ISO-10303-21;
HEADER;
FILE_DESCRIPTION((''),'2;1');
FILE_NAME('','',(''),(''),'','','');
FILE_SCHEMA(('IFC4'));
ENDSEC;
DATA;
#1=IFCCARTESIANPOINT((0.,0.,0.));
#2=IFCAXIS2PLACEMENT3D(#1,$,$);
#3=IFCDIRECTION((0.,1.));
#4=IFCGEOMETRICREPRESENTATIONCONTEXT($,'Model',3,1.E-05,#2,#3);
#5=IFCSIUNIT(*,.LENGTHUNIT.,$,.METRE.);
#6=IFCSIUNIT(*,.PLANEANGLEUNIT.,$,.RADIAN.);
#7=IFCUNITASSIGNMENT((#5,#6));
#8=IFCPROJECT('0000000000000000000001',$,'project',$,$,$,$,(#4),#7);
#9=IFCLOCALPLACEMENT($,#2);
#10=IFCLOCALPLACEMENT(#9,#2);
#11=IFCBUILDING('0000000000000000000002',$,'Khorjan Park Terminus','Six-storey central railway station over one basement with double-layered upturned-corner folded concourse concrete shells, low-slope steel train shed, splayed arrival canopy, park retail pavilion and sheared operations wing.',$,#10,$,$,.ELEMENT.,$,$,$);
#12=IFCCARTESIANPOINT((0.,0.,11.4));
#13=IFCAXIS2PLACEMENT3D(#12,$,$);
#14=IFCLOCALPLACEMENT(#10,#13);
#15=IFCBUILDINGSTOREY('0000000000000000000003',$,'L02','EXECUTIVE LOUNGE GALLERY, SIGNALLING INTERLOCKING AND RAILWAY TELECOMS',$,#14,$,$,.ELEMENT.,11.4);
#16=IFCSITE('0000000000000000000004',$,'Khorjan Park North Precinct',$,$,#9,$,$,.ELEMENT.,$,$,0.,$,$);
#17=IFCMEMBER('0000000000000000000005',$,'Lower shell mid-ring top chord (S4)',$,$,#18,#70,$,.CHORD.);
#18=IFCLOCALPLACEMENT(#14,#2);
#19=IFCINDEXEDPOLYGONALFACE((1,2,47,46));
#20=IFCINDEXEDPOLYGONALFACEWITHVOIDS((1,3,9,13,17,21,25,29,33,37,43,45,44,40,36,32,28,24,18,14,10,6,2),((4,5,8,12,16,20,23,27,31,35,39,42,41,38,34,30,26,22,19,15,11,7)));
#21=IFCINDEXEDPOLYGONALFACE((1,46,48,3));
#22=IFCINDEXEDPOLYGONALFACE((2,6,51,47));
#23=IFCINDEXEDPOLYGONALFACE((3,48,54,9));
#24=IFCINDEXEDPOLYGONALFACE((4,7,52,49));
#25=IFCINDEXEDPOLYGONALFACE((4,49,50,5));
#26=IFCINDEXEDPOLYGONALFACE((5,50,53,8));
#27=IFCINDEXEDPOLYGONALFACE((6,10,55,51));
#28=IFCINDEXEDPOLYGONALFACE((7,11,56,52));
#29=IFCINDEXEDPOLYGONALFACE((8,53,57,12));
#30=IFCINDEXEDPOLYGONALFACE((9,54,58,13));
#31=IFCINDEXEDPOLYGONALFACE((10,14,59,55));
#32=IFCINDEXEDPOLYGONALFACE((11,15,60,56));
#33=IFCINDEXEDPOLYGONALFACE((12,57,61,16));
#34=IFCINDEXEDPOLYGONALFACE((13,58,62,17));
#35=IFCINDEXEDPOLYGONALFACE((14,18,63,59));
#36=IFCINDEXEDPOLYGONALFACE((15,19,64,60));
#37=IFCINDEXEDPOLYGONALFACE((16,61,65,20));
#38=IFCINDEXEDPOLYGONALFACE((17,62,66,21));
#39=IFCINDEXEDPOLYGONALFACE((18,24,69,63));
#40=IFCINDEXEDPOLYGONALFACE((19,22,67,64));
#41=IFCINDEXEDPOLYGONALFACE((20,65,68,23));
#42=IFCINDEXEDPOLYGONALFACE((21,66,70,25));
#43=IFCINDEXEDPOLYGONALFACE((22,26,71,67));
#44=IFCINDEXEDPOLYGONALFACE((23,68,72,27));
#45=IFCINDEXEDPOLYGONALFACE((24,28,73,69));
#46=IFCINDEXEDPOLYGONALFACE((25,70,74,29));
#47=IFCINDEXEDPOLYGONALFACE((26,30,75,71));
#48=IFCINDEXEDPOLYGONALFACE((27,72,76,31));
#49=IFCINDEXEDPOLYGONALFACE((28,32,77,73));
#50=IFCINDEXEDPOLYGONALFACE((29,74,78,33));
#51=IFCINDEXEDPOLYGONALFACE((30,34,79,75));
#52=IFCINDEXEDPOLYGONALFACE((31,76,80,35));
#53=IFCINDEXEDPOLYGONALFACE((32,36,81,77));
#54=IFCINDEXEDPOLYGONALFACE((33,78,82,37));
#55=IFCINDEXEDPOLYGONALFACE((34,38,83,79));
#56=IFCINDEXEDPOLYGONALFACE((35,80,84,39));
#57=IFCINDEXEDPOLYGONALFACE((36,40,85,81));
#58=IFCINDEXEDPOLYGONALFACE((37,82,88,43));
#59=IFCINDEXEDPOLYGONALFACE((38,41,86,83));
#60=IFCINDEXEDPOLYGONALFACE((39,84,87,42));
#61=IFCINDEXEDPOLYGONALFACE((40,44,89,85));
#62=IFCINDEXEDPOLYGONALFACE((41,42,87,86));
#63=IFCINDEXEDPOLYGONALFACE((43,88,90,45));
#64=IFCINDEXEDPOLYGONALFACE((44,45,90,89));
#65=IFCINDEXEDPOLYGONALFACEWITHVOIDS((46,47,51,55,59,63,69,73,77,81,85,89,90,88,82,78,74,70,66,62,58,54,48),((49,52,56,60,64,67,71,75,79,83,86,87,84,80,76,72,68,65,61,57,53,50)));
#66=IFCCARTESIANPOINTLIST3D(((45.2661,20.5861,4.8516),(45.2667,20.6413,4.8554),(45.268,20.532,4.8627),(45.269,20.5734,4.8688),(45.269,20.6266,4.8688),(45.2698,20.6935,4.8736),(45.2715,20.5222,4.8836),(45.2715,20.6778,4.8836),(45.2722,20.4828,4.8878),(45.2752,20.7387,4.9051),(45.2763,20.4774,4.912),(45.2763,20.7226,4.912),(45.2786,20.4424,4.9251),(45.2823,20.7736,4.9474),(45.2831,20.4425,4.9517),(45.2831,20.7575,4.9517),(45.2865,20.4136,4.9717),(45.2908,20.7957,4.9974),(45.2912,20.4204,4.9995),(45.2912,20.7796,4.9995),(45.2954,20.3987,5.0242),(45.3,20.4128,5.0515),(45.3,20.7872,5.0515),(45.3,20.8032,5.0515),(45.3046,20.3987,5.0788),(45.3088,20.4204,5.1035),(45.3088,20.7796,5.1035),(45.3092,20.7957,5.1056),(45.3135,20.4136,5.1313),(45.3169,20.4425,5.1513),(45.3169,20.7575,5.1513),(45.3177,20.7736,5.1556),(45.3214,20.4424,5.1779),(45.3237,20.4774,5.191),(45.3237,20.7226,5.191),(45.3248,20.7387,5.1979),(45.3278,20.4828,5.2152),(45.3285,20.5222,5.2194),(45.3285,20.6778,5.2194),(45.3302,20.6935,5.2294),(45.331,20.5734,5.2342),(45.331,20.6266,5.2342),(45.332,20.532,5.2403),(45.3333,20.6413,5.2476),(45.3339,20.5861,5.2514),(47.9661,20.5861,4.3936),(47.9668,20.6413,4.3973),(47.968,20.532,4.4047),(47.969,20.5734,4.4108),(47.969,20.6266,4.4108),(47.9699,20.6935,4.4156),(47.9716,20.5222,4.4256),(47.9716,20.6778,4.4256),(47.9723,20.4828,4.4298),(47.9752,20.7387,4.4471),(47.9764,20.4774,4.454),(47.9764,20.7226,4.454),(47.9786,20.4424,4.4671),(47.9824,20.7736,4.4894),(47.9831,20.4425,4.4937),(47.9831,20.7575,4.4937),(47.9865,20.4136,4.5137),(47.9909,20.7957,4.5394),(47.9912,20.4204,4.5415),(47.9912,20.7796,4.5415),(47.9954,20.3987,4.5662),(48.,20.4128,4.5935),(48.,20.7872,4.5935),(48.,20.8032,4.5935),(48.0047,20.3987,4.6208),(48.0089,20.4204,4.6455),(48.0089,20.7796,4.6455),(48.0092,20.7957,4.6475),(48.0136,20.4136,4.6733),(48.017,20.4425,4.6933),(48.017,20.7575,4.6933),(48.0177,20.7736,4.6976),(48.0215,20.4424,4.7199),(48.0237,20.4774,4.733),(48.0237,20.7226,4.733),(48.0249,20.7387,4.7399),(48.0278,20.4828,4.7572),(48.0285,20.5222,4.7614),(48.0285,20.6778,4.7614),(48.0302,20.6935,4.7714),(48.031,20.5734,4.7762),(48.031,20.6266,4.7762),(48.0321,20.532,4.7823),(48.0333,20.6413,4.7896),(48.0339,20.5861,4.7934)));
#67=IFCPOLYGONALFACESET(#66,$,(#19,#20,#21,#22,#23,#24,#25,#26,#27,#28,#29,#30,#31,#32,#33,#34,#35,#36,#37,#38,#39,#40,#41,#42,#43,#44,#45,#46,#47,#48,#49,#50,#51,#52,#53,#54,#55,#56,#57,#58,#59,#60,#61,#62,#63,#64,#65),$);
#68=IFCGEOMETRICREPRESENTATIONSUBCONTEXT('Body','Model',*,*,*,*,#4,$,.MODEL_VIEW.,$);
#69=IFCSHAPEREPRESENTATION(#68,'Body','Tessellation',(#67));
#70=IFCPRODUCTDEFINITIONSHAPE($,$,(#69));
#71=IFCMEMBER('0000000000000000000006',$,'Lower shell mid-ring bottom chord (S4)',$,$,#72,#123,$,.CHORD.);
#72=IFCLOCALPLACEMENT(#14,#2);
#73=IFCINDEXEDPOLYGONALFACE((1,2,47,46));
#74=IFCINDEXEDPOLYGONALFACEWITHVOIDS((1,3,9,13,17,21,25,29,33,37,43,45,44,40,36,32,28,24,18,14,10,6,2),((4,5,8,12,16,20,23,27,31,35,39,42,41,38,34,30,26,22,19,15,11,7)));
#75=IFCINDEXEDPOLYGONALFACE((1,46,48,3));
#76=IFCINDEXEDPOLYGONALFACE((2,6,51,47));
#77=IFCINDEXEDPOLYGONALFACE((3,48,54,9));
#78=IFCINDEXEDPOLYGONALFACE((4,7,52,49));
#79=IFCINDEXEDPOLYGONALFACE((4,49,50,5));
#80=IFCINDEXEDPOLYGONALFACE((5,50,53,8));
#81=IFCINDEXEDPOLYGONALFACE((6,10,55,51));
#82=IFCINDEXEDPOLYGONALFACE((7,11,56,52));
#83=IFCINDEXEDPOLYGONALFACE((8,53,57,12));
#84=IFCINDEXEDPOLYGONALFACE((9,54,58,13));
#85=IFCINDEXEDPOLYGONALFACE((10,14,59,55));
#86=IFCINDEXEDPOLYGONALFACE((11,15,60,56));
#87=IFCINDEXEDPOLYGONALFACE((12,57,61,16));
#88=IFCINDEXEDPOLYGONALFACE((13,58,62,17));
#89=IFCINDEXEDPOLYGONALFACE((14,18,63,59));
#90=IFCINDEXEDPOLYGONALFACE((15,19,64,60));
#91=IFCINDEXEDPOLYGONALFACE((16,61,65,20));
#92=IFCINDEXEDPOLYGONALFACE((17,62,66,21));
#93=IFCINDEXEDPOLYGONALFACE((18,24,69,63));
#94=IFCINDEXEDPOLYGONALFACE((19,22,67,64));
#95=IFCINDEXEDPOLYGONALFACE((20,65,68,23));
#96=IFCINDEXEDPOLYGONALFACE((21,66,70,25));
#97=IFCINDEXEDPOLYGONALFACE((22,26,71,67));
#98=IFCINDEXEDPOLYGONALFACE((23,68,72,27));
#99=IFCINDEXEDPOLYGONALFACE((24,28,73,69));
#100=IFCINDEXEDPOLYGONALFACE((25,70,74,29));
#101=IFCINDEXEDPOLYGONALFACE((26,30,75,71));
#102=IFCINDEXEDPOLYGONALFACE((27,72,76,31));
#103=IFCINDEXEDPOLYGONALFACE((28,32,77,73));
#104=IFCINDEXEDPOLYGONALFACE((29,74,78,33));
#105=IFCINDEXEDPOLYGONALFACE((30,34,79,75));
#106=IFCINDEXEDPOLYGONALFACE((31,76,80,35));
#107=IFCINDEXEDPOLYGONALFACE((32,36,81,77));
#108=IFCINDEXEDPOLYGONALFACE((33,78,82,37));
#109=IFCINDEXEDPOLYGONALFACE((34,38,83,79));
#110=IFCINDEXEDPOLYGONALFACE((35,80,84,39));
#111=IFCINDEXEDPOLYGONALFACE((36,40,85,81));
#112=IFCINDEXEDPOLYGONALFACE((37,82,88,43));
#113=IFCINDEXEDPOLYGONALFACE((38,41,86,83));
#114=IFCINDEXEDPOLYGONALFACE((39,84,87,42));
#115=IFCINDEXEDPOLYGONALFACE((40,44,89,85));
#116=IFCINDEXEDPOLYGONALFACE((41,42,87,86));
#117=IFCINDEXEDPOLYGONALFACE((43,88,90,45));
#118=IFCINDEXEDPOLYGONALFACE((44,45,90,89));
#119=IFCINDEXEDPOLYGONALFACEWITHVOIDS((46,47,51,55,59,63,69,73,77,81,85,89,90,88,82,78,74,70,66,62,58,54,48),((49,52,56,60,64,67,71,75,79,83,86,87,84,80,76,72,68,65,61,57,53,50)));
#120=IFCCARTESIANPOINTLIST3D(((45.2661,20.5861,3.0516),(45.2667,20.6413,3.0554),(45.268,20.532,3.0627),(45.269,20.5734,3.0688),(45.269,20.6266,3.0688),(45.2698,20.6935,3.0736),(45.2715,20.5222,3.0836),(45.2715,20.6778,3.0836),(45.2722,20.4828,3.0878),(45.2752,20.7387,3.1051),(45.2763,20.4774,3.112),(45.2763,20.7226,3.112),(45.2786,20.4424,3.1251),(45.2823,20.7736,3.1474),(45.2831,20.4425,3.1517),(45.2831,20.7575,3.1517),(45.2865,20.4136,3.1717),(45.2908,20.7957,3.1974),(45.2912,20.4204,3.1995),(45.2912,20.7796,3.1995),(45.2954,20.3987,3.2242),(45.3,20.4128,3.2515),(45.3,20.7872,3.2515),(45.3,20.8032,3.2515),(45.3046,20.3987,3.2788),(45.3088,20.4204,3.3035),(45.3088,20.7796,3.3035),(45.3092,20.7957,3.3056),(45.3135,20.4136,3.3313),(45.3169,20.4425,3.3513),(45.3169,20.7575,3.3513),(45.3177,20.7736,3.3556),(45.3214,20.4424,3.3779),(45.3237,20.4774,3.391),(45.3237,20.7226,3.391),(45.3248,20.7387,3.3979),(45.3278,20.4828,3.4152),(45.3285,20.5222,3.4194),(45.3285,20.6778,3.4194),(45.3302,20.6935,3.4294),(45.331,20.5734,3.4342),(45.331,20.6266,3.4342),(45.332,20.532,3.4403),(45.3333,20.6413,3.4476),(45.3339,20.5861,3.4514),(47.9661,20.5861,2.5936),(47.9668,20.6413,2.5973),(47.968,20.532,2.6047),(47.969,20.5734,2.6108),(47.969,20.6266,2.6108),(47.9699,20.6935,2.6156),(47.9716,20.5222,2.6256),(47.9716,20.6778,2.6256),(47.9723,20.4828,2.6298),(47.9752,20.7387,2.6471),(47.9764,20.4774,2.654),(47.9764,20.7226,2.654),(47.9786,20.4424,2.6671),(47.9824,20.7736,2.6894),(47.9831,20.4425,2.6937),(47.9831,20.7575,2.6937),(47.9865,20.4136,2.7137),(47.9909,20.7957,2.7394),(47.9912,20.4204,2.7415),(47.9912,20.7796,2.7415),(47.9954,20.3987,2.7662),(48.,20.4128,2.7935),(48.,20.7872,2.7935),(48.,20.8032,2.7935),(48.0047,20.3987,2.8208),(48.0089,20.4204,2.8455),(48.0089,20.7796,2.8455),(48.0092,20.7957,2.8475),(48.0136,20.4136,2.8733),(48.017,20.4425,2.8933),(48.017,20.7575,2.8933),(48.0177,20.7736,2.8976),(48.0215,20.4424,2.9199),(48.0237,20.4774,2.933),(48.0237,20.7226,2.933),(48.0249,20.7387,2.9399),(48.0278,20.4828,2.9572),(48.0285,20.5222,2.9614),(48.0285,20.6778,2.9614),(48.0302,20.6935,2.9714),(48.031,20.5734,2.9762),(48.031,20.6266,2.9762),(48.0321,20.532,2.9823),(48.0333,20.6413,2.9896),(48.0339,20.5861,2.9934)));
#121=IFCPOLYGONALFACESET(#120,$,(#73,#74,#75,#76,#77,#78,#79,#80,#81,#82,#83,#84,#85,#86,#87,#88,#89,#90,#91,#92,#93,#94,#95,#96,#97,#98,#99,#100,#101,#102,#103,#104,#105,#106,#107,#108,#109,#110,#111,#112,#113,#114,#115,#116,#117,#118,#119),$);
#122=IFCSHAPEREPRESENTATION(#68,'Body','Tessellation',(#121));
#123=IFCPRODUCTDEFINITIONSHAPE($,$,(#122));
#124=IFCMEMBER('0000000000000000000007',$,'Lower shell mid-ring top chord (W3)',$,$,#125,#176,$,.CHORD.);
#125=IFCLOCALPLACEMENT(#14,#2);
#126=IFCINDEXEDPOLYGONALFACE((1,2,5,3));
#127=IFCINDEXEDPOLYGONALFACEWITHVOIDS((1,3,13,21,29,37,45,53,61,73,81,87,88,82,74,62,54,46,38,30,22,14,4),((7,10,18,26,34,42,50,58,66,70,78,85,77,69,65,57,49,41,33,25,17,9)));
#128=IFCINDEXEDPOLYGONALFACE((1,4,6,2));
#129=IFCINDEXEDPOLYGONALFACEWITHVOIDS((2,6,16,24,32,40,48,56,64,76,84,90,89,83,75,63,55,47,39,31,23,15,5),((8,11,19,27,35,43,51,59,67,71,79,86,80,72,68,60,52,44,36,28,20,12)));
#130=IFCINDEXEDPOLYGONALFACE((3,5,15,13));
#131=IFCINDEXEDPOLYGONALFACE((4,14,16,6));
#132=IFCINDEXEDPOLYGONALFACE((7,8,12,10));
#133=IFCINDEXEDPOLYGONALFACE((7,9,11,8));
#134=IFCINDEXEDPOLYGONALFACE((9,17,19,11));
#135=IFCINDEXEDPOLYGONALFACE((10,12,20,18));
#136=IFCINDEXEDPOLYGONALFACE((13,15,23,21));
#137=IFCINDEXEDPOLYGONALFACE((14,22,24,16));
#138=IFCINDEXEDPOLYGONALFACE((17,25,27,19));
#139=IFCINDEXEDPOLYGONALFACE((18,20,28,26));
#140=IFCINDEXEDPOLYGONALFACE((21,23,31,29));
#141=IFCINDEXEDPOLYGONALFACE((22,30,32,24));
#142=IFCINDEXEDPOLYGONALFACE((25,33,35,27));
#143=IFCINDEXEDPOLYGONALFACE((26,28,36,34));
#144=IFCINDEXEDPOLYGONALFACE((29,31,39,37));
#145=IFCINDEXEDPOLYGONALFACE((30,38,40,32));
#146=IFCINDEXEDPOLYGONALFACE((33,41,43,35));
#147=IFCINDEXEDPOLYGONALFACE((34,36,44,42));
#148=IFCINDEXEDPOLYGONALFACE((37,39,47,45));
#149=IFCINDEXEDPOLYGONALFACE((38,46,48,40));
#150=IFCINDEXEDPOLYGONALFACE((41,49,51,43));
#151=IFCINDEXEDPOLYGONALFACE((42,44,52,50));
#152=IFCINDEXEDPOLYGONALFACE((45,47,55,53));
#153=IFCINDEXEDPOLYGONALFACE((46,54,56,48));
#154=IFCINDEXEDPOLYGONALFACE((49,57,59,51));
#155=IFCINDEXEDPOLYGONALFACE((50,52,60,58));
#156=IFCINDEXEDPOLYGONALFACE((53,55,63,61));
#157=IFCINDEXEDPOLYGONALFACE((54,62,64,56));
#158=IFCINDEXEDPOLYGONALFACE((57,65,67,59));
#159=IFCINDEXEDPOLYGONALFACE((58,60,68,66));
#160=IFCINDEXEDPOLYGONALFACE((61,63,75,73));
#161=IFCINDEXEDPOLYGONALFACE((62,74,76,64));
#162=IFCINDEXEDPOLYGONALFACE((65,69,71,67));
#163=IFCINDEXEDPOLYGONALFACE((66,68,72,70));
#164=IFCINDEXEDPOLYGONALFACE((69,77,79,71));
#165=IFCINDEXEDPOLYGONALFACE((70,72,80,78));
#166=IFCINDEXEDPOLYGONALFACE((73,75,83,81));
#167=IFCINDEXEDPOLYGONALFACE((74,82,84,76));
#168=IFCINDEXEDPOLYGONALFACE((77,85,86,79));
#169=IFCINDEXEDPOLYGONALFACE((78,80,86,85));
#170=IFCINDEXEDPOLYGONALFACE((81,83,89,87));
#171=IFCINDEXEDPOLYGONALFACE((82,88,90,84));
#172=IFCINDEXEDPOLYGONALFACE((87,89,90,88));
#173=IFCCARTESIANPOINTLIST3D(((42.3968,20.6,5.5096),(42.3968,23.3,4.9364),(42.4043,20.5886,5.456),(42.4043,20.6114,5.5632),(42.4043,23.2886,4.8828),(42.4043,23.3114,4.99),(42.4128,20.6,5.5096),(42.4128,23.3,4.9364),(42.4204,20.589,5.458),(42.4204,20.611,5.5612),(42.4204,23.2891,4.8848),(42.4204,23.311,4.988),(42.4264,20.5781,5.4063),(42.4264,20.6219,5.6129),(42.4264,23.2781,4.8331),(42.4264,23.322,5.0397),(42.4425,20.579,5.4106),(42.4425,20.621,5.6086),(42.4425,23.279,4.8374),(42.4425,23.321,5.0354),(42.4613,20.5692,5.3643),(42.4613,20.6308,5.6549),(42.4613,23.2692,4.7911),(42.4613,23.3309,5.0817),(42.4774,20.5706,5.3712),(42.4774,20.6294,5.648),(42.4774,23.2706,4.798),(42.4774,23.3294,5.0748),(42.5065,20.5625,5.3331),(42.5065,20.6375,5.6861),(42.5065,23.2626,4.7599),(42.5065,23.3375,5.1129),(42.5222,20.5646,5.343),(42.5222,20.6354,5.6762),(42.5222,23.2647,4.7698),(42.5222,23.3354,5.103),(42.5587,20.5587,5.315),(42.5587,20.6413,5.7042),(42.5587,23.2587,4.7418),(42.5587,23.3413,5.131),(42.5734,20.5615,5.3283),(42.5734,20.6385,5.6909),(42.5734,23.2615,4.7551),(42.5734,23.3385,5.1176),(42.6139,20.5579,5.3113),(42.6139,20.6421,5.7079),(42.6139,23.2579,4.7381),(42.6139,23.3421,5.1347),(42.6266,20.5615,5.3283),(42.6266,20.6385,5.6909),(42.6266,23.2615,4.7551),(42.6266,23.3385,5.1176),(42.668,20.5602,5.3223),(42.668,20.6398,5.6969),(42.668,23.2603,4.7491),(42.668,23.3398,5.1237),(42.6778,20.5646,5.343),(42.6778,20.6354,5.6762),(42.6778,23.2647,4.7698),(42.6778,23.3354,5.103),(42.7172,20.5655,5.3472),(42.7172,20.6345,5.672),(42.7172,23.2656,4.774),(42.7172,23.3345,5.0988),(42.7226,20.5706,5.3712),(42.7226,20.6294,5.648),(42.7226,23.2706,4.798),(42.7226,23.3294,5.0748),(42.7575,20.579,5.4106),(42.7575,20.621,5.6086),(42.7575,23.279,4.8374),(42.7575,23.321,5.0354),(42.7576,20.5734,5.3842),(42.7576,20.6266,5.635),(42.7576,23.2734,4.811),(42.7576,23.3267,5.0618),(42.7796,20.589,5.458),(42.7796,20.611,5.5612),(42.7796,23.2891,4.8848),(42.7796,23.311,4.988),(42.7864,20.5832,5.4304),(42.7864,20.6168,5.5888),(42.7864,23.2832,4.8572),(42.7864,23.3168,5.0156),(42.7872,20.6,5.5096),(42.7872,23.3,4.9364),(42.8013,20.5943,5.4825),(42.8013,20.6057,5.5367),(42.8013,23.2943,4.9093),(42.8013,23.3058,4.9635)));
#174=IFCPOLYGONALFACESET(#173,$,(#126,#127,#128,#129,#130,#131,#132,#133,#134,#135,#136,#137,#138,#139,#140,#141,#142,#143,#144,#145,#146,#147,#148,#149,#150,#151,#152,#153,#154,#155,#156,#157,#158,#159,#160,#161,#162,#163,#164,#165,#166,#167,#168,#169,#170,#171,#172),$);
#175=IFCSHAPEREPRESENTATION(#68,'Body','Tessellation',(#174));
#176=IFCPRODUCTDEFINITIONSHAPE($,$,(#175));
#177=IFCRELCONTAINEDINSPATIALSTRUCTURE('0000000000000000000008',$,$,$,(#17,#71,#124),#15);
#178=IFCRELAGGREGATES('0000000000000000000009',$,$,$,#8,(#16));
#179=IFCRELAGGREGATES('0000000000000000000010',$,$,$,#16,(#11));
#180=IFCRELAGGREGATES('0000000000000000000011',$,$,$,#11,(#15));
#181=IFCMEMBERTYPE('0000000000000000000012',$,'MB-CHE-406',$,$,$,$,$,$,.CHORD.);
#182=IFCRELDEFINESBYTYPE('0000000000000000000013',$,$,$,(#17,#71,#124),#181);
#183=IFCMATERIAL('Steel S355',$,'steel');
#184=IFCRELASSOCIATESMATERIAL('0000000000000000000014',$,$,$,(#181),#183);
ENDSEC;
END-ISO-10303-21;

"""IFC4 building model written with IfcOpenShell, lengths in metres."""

from ifc_helpers import new_model, si_unit, direction, frame, origin, origin_2d, place, context, subcontext, project, spatial, hollow_circle, extrude, material, material_profile, profile_set, type_object, element, save


model = new_model("IFC4")

# Units and contexts
model_context = context("Model", 3, precision=1e-05, world=origin(), true_north=direction((0.0, 1.0)))
body_context = subcontext(model_context, "Body", "Model", "MODEL_VIEW")
ifc_project = project(units=[si_unit("LENGTHUNIT", "METRE"), si_unit("PLANEANGLEUNIT", "RADIAN")], contexts=[model_context])

# Site, building, storey
site_placement = place(None, origin())
site = spatial("IfcSite", under=ifc_project, at=site_placement, Name="Khorjan Park North Precinct", CompositionType="ELEMENT", RefElevation=0.0)
building_placement = place(site_placement, origin())
building = spatial("IfcBuilding", under=site, at=building_placement, Name="Khorjan Park Terminus", Description="Six-storey central railway station over one basement with double-layered upturned-corner folded concourse concrete shells, low-slope steel train shed, splayed arrival canopy, park retail pavilion and sheared operations wing.", CompositionType="ELEMENT")
storey_placement = place(building_placement, frame((0.0, 0.0, 11.4)))
storey = spatial("IfcBuildingStorey", under=building, at=storey_placement, Name="L02", Description="EXECUTIVE LOUNGE GALLERY, SIGNALLING INTERLOCKING AND RAILWAY TELECOMS", CompositionType="ELEMENT", Elevation=11.4)

# Members
ifc_material_1 = material(Name="Steel S355", Category="steel")
ifc_material_profile_1 = material_profile(ifc_material_1, hollow_circle(Radius=0.2032, WallThickness=0.016, at=origin_2d()), Name="CHS 406.4x16")
ifc_profile_set_1 = profile_set([ifc_material_profile_1], Name="Steel S355")
member_type_1 = type_object("IfcMemberType", Name="MB-CHE-406", PredefinedType="CHORD", material=ifc_profile_set_1)
for number, where, z_axis, x_axis, name in (
    (1, (45.3, 20.6, 5.0515), (0.985916, 0.0, -0.167241), (0.0, 1.0, 0.0), "Lower shell mid-ring top chord (S4)"),
    (2, (45.3, 20.6, 3.2515), (0.985916, 0.0, -0.167241), (0.0, 1.0, 0.0), "Lower shell mid-ring bottom chord (S4)"),
):
    element("IfcMember", number, at=place(storey_placement, frame(where, z_axis=z_axis, x_axis=x_axis)), inside=storey, type_object=member_type_1, Name=name, PredefinedType="CHORD", context=body_context, shape_type="SweptSolid", body=[
        extrude(hollow_circle(Radius=0.2032, WallThickness=0.016, at=origin_2d()), origin(), (0.0, 0.0, 1.0), 2.7386),
    ])
for number, where, z_axis, x_axis, name in (
    (3, (42.6, 20.6, 5.5096), (0.0, 0.978199, -0.207668), (-1.0, 0.0, 0.0), "Lower shell mid-ring top chord (W3)"),
):
    element("IfcMember", number, at=place(storey_placement, frame(where, z_axis=z_axis, x_axis=x_axis)), inside=storey, type_object=member_type_1, Name=name, PredefinedType="CHORD", context=body_context, shape_type="SweptSolid", body=[
        extrude(hollow_circle(Radius=0.2032, WallThickness=0.016, at=origin_2d()), origin(), (0.0, 0.0, 1.0), 2.7602),
    ])

save(model, "model.ifc")
